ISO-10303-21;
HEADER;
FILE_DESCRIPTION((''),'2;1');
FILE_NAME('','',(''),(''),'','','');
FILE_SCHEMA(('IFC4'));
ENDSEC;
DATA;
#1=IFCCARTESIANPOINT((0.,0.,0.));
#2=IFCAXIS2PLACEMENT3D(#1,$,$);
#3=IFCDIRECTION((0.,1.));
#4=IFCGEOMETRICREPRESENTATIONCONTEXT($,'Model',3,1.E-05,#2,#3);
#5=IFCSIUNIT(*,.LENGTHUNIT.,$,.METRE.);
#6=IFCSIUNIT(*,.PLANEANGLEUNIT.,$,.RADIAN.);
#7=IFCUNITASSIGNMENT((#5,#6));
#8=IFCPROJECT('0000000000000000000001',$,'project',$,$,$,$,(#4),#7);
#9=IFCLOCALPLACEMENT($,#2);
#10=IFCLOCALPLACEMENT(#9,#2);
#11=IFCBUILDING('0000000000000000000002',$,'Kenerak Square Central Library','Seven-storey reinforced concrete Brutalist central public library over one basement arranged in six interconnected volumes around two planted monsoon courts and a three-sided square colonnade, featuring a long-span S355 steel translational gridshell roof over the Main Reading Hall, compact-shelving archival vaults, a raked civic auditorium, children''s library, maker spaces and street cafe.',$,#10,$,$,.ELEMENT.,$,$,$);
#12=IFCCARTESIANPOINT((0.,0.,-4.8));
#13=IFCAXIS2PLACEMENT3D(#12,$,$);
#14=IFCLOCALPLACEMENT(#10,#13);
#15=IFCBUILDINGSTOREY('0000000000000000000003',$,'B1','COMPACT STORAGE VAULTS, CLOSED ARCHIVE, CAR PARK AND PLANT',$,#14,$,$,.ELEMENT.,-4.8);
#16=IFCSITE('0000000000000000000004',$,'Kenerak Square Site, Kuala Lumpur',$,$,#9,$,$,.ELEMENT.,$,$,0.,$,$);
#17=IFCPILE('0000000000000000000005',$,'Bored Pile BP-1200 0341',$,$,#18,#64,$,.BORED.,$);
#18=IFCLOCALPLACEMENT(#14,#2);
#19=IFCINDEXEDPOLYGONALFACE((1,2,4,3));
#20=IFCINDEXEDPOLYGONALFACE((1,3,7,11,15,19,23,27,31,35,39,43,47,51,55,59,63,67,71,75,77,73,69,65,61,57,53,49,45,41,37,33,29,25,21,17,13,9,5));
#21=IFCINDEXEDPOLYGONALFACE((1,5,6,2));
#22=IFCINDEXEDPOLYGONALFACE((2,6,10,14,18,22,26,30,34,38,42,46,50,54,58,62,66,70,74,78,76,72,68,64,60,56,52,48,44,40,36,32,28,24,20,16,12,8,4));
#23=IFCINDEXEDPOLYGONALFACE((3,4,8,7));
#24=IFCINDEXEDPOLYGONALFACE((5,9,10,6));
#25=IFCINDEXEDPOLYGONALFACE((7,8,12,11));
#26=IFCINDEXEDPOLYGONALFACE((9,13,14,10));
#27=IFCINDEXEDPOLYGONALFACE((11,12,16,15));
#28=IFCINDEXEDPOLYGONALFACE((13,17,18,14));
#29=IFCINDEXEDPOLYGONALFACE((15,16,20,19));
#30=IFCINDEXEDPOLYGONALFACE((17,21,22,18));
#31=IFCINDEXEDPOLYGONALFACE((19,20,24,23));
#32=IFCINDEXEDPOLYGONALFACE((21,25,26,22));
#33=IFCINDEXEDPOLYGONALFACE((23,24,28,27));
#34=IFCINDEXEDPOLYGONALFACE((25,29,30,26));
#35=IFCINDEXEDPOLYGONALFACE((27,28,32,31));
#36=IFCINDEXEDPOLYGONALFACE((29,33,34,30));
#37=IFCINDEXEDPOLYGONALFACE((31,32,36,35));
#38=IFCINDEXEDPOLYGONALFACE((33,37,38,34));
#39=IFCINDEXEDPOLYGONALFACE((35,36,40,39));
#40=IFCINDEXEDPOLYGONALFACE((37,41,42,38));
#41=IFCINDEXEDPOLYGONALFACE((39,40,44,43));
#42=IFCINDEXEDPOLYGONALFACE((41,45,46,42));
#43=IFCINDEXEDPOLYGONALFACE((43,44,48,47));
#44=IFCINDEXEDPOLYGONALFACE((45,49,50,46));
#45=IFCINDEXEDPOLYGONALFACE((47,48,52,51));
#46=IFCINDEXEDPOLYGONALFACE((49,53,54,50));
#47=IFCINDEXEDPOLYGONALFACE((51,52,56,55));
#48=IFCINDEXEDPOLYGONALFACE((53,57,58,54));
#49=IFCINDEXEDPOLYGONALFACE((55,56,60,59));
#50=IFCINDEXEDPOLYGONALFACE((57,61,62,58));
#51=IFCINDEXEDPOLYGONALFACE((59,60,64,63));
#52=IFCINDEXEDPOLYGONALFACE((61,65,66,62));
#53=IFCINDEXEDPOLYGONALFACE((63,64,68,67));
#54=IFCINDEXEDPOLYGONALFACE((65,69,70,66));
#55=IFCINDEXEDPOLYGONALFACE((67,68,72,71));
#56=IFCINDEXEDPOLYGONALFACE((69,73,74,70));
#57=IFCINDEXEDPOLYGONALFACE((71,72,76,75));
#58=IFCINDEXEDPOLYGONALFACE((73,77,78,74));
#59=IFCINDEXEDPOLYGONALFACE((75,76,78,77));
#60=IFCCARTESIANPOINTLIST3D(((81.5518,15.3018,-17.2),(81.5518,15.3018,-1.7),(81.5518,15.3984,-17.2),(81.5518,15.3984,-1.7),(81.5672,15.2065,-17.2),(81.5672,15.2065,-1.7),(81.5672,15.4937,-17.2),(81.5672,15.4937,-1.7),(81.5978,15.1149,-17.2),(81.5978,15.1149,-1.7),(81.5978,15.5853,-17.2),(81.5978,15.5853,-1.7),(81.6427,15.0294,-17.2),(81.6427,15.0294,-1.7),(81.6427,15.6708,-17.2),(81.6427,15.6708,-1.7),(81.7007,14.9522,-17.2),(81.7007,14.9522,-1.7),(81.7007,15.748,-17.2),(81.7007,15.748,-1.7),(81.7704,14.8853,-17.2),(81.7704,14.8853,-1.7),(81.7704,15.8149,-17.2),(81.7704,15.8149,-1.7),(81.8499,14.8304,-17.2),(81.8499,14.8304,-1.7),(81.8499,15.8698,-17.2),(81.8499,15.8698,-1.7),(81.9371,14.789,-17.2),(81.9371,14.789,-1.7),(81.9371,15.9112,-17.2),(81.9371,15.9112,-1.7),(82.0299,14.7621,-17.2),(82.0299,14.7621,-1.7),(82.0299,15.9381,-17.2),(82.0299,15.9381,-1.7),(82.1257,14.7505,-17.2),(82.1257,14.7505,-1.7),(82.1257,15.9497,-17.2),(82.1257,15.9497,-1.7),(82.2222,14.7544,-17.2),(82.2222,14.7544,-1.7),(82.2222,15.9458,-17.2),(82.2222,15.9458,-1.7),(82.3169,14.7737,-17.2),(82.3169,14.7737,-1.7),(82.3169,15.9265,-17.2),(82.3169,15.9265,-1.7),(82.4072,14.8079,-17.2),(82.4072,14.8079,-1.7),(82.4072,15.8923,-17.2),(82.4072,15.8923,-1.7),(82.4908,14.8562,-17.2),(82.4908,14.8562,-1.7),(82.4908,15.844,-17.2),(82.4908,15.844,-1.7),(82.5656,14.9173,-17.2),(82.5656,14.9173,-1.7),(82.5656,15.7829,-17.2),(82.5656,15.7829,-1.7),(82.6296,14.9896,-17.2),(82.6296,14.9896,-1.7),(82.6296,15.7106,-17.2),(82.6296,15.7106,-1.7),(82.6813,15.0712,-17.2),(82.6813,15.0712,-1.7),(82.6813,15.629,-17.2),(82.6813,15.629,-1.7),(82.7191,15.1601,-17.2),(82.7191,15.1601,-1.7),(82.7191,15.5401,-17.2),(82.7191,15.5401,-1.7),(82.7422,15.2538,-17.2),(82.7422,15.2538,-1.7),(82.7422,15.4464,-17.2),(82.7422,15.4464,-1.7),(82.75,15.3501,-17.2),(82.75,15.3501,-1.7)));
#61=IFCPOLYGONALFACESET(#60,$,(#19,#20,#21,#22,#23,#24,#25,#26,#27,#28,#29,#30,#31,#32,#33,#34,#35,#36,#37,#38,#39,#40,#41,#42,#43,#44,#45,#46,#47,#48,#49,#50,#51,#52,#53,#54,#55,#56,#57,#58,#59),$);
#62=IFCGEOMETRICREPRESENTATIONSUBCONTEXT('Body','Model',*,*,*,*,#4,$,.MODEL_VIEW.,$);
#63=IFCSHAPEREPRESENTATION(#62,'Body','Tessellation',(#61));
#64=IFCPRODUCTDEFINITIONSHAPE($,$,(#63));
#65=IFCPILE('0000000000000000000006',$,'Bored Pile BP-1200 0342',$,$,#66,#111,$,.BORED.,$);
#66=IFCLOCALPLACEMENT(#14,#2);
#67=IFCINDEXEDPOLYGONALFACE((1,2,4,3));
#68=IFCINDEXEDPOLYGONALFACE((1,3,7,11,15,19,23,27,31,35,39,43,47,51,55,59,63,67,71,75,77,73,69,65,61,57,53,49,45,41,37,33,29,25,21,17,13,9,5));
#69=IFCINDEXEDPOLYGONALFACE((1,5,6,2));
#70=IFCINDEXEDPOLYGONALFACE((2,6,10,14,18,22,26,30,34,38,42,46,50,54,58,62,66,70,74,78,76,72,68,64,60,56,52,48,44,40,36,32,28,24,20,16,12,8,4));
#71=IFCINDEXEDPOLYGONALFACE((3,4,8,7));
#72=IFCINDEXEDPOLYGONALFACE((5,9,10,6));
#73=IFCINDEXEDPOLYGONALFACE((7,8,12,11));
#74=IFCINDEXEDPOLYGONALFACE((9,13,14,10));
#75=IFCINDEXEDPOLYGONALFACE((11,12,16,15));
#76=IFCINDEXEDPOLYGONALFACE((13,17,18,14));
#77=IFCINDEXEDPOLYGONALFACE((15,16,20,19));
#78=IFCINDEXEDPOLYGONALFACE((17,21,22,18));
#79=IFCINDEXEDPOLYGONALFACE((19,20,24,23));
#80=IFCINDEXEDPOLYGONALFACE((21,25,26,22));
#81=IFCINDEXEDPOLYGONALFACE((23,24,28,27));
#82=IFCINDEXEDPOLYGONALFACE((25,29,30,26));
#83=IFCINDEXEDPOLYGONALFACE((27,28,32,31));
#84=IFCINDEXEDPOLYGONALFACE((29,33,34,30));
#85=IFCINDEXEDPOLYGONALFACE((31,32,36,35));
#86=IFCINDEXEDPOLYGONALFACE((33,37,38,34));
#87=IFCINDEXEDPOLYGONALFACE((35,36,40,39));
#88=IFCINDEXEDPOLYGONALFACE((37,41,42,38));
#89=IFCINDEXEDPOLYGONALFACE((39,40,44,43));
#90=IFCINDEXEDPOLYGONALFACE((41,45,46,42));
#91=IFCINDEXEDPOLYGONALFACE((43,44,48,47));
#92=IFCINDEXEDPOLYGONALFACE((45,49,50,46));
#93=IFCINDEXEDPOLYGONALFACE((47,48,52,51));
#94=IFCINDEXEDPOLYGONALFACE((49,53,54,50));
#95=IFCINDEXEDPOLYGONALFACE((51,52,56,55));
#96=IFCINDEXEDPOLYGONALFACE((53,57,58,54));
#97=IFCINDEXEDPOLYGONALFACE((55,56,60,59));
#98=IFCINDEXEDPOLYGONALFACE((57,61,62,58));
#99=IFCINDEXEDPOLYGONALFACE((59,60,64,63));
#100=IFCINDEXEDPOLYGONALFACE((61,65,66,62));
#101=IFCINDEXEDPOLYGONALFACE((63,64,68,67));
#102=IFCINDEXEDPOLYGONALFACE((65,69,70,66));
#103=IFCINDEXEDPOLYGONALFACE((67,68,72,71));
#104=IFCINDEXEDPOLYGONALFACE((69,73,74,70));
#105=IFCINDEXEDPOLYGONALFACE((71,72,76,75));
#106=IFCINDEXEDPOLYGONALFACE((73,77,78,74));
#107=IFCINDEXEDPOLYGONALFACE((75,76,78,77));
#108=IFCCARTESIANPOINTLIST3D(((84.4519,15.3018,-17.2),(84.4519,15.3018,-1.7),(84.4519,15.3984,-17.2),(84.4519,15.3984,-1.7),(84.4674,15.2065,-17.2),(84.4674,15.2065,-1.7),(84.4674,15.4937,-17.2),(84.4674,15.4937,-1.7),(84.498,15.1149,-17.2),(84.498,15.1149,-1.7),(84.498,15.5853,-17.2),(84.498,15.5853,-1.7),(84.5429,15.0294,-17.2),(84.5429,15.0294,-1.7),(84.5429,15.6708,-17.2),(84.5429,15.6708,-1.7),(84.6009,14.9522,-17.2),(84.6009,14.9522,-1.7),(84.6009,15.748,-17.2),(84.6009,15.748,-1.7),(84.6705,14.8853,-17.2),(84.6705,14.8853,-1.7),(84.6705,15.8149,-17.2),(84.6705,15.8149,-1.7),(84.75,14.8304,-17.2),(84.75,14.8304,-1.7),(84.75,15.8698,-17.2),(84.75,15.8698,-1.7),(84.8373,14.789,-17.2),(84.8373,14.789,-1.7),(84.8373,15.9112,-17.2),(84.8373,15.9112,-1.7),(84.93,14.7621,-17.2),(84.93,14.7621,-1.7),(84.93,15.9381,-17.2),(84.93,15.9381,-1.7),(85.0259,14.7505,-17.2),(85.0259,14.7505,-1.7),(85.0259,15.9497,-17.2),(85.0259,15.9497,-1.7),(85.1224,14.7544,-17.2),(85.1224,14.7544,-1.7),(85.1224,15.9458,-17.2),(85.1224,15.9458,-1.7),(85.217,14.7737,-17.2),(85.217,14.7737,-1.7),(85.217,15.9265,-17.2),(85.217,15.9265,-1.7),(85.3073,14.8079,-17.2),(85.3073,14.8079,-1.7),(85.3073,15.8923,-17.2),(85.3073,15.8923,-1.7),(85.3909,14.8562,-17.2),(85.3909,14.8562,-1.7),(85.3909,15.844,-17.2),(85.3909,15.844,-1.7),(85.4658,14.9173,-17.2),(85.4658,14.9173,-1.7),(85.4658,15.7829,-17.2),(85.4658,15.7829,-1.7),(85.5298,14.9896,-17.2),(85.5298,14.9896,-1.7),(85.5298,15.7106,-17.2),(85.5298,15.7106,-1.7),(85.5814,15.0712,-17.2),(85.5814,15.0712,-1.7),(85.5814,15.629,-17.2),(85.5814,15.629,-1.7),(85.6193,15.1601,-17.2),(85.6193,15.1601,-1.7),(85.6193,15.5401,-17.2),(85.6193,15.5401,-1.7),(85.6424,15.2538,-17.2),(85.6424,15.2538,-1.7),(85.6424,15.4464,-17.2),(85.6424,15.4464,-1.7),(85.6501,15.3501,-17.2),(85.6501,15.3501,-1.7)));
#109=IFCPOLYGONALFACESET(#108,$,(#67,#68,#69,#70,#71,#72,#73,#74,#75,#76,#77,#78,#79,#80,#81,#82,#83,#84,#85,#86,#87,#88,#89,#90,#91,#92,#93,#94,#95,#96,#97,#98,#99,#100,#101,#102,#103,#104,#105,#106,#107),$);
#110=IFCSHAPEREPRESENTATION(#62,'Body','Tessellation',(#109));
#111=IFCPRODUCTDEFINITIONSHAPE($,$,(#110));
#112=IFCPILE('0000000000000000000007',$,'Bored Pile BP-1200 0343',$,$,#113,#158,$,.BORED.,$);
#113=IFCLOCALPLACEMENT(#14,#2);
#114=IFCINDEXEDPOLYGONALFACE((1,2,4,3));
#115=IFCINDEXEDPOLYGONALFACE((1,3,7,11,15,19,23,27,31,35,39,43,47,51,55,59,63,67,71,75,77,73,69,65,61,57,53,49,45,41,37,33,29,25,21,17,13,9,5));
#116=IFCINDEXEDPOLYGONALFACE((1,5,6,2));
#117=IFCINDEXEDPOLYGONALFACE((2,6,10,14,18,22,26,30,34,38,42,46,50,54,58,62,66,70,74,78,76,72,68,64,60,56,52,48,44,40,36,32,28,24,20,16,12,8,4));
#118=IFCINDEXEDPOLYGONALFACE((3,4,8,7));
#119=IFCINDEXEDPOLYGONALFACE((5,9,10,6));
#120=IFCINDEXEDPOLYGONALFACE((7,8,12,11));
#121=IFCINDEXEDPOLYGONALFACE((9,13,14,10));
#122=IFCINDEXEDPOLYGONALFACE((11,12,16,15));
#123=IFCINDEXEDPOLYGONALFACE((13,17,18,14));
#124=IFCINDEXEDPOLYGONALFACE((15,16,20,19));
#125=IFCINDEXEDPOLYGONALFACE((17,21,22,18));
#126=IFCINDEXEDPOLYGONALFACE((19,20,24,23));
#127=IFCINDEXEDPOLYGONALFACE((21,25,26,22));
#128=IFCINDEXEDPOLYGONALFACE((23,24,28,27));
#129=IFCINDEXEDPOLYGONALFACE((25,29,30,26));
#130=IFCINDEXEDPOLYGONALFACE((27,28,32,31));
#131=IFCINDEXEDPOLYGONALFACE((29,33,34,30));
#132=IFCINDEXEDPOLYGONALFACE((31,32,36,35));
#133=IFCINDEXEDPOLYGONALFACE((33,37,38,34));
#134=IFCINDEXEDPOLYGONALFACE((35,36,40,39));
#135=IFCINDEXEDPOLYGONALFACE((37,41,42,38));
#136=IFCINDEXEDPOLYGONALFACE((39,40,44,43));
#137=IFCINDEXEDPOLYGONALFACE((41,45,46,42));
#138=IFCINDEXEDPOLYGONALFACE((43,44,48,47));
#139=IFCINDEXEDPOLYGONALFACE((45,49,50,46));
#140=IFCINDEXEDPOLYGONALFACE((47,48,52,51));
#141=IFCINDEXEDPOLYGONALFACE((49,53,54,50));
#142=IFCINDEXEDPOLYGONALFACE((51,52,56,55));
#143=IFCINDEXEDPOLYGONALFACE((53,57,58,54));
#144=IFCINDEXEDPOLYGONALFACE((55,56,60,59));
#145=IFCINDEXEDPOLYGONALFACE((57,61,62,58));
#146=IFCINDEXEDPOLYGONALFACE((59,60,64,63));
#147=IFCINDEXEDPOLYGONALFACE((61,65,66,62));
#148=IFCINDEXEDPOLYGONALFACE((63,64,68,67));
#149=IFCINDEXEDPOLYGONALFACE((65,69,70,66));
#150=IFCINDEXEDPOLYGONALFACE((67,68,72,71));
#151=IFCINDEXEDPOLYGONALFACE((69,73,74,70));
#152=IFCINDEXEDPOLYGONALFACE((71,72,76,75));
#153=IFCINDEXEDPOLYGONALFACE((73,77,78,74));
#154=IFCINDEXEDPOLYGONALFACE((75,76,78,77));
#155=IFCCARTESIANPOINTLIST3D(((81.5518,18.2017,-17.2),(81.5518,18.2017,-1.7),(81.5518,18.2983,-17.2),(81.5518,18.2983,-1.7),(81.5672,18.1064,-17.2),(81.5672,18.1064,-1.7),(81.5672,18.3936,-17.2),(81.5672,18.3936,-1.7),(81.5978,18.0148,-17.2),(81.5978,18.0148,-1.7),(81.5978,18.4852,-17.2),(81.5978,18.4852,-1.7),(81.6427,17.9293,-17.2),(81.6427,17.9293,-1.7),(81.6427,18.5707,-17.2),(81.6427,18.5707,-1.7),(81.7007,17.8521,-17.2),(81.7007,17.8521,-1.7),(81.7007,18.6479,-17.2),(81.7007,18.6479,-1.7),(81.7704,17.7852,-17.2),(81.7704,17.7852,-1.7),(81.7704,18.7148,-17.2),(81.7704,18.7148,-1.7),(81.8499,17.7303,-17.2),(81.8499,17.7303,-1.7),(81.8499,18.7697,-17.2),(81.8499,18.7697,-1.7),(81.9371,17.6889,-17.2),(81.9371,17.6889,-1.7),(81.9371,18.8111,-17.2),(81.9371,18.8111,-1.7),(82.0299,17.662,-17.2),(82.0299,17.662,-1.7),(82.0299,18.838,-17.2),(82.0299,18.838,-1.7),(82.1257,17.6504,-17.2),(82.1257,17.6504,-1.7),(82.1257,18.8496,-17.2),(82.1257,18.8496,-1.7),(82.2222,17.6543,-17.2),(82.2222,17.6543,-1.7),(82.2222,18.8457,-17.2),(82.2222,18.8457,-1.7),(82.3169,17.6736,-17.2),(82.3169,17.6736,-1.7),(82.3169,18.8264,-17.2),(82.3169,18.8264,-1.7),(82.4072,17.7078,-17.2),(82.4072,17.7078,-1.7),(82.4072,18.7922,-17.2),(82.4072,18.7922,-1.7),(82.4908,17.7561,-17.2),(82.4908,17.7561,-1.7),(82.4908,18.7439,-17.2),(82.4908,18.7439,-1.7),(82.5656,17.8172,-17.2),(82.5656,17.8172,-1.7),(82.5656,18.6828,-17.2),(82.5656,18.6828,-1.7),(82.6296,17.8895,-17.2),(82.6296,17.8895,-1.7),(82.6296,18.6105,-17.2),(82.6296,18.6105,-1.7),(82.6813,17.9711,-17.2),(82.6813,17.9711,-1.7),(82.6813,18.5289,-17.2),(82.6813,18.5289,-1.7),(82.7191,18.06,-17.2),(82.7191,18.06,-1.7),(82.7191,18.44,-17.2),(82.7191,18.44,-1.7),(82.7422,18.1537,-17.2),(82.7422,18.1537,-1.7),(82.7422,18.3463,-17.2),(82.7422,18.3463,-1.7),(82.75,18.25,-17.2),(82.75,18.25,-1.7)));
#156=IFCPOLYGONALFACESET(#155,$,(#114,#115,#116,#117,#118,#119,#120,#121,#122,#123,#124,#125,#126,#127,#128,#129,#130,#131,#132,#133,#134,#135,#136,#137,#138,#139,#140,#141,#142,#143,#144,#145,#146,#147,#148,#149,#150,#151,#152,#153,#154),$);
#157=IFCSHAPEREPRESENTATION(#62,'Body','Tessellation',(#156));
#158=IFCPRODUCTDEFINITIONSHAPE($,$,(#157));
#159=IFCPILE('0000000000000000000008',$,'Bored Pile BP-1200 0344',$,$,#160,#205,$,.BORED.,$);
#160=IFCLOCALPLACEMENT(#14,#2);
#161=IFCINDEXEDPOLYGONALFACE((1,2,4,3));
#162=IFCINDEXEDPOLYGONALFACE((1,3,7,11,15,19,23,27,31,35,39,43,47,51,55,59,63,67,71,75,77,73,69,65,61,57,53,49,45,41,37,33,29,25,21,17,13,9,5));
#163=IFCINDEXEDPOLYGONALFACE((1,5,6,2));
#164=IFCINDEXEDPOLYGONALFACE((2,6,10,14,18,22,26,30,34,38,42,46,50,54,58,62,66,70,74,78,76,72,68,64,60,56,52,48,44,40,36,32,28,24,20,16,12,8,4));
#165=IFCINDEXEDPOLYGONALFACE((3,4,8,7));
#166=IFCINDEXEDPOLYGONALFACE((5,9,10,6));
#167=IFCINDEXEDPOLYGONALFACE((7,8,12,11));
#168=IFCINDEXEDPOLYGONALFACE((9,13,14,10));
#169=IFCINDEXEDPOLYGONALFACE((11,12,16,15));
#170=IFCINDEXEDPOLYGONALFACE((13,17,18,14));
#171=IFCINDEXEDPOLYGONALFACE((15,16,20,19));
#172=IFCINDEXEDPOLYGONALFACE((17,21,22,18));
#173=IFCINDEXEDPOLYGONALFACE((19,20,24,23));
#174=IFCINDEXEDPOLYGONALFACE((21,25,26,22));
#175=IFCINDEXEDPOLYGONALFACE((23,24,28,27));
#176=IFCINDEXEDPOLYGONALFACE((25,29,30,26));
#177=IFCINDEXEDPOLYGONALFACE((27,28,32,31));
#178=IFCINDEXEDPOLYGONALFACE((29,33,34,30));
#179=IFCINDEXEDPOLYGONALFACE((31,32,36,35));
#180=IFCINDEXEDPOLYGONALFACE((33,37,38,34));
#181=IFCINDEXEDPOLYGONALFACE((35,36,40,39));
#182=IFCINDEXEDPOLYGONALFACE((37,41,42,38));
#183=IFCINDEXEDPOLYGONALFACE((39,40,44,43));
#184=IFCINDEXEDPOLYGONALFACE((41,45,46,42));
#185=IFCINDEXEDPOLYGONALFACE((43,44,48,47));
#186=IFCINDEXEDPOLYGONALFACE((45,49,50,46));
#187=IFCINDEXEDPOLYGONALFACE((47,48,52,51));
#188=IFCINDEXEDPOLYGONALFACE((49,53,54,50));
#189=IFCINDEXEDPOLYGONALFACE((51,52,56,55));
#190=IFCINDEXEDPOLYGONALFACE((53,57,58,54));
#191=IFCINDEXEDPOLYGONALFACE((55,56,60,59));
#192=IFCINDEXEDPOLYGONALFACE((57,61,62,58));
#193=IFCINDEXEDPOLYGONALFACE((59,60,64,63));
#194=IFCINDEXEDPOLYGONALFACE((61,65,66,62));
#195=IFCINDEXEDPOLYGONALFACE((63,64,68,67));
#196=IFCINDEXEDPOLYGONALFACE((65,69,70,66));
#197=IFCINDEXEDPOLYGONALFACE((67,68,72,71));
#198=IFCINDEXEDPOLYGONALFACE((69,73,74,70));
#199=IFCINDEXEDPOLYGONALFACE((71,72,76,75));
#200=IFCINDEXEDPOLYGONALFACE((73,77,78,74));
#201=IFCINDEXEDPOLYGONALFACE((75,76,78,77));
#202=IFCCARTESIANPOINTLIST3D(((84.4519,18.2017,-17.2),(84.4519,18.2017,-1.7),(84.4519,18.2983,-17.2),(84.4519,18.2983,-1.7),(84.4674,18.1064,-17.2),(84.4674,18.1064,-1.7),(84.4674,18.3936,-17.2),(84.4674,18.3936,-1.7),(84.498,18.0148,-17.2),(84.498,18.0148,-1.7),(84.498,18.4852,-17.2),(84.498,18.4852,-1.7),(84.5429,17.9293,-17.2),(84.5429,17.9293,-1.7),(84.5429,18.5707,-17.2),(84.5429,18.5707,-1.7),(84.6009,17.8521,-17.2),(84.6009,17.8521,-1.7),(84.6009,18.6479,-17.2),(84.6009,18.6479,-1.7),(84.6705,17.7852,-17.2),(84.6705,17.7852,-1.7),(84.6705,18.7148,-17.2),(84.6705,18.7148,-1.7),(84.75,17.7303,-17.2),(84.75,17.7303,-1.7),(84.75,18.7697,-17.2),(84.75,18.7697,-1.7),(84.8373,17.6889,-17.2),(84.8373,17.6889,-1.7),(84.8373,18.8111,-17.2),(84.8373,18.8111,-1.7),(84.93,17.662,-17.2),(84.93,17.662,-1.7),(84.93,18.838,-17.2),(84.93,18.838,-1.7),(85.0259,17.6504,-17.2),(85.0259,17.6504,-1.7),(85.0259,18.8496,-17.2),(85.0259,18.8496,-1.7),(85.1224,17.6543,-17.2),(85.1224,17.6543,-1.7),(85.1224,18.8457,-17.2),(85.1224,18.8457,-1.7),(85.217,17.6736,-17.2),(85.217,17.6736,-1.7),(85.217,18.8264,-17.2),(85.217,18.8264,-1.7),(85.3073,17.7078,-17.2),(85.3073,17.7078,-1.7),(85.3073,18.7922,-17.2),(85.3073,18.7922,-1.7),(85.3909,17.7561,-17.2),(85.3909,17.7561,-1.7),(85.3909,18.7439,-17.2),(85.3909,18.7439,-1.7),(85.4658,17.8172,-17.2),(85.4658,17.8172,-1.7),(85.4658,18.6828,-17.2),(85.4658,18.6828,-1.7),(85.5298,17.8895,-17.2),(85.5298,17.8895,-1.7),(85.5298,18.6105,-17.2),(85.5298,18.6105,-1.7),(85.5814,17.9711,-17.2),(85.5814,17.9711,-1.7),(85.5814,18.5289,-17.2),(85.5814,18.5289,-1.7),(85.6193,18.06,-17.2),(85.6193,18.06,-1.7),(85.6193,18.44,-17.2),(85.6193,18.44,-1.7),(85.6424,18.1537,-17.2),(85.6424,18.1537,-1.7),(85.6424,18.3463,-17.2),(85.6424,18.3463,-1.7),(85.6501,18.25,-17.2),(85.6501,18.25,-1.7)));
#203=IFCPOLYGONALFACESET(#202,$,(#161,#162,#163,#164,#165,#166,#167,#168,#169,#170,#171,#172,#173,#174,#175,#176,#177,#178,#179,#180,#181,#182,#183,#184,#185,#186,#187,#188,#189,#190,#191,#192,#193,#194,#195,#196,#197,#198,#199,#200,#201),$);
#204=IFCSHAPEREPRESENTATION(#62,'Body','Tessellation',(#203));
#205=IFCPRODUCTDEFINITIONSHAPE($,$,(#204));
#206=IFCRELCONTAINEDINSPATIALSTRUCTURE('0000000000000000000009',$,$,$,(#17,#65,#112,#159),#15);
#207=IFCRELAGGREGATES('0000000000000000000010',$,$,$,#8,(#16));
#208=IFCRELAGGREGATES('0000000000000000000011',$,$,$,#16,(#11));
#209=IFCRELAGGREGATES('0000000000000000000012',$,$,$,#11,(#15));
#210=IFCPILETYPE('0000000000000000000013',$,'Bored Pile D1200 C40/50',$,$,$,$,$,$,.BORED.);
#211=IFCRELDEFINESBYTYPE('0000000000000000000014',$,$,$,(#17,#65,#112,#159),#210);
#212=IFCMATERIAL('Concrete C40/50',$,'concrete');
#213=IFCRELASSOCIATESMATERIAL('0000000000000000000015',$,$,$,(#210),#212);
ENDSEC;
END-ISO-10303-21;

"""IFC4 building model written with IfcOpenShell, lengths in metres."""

from ifc_helpers import new_model, si_unit, direction, frame, origin, origin_2d, place, context, subcontext, project, spatial, circle, extrude, material, material_profile, profile_set, type_object, element, save


model = new_model("IFC4")

# Units and contexts
model_context = context("Model", 3, precision=1e-05, world=origin(), true_north=direction((0.0, 1.0)))
body_context = subcontext(model_context, "Body", "Model", "MODEL_VIEW")
ifc_project = project(units=[si_unit("LENGTHUNIT", "METRE"), si_unit("PLANEANGLEUNIT", "RADIAN")], contexts=[model_context])

# Site, building, storey
site_placement = place(None, origin())
site = spatial("IfcSite", under=ifc_project, at=site_placement, Name="Kenerak Square Site, Kuala Lumpur", CompositionType="ELEMENT", RefElevation=0.0)
building_placement = place(site_placement, origin())
building = spatial("IfcBuilding", under=site, at=building_placement, Name="Kenerak Square Central Library", Description="Seven-storey reinforced concrete Brutalist central public library over one basement arranged in six interconnected volumes around two planted monsoon courts and a three-sided square colonnade, featuring a long-span S355 steel translational gridshell roof over the Main Reading Hall, compact-shelving archival vaults, a raked civic auditorium, children's library, maker spaces and street cafe.", CompositionType="ELEMENT")
storey_placement = place(building_placement, frame((0.0, 0.0, -4.8)))
storey = spatial("IfcBuildingStorey", under=building, at=storey_placement, Name="B1", Description="COMPACT STORAGE VAULTS, CLOSED ARCHIVE, CAR PARK AND PLANT", CompositionType="ELEMENT", Elevation=-4.8)

# Piles
ifc_material_1 = material(Name="Concrete C40/50", Category="concrete")
ifc_material_profile_1 = material_profile(ifc_material_1, circle(Radius=0.6001, at=origin_2d()), Name="BP D1200")
ifc_profile_set_1 = profile_set([ifc_material_profile_1], Name="Concrete C40/50")
pile_type_1 = type_object("IfcPileType", Name="Bored Pile D1200 C40/50", PredefinedType="BORED", material=ifc_profile_set_1)
for number, where, z_axis, x_axis, name in (
    (1, (82.1499, 15.3501, -1.7), (0.0, 0.0, -1.0), (1.0, 0.0, 0.0), "Bored Pile BP-1200 0341"),
    (2, (85.05, 15.3501, -1.7), (0.0, 0.0, -1.0), (1.0, 0.0, 0.0), "Bored Pile BP-1200 0342"),
    (3, (82.1499, 18.25, -1.7), (0.0, 0.0, -1.0), (1.0, 0.0, 0.0), "Bored Pile BP-1200 0343"),
    (4, (85.05, 18.25, -1.7), (0.0, 0.0, -1.0), (1.0, 0.0, 0.0), "Bored Pile BP-1200 0344"),
):
    element("IfcPile", number, at=place(storey_placement, frame(where, z_axis=z_axis, x_axis=x_axis)), inside=storey, type_object=pile_type_1, Name=name, PredefinedType="BORED", context=body_context, shape_type="SweptSolid", body=[
        extrude(circle(Radius=0.6001, at=origin_2d()), origin(), (0.0, 0.0, 1.0), 15.5),
    ])

save(model, "model.ifc")
